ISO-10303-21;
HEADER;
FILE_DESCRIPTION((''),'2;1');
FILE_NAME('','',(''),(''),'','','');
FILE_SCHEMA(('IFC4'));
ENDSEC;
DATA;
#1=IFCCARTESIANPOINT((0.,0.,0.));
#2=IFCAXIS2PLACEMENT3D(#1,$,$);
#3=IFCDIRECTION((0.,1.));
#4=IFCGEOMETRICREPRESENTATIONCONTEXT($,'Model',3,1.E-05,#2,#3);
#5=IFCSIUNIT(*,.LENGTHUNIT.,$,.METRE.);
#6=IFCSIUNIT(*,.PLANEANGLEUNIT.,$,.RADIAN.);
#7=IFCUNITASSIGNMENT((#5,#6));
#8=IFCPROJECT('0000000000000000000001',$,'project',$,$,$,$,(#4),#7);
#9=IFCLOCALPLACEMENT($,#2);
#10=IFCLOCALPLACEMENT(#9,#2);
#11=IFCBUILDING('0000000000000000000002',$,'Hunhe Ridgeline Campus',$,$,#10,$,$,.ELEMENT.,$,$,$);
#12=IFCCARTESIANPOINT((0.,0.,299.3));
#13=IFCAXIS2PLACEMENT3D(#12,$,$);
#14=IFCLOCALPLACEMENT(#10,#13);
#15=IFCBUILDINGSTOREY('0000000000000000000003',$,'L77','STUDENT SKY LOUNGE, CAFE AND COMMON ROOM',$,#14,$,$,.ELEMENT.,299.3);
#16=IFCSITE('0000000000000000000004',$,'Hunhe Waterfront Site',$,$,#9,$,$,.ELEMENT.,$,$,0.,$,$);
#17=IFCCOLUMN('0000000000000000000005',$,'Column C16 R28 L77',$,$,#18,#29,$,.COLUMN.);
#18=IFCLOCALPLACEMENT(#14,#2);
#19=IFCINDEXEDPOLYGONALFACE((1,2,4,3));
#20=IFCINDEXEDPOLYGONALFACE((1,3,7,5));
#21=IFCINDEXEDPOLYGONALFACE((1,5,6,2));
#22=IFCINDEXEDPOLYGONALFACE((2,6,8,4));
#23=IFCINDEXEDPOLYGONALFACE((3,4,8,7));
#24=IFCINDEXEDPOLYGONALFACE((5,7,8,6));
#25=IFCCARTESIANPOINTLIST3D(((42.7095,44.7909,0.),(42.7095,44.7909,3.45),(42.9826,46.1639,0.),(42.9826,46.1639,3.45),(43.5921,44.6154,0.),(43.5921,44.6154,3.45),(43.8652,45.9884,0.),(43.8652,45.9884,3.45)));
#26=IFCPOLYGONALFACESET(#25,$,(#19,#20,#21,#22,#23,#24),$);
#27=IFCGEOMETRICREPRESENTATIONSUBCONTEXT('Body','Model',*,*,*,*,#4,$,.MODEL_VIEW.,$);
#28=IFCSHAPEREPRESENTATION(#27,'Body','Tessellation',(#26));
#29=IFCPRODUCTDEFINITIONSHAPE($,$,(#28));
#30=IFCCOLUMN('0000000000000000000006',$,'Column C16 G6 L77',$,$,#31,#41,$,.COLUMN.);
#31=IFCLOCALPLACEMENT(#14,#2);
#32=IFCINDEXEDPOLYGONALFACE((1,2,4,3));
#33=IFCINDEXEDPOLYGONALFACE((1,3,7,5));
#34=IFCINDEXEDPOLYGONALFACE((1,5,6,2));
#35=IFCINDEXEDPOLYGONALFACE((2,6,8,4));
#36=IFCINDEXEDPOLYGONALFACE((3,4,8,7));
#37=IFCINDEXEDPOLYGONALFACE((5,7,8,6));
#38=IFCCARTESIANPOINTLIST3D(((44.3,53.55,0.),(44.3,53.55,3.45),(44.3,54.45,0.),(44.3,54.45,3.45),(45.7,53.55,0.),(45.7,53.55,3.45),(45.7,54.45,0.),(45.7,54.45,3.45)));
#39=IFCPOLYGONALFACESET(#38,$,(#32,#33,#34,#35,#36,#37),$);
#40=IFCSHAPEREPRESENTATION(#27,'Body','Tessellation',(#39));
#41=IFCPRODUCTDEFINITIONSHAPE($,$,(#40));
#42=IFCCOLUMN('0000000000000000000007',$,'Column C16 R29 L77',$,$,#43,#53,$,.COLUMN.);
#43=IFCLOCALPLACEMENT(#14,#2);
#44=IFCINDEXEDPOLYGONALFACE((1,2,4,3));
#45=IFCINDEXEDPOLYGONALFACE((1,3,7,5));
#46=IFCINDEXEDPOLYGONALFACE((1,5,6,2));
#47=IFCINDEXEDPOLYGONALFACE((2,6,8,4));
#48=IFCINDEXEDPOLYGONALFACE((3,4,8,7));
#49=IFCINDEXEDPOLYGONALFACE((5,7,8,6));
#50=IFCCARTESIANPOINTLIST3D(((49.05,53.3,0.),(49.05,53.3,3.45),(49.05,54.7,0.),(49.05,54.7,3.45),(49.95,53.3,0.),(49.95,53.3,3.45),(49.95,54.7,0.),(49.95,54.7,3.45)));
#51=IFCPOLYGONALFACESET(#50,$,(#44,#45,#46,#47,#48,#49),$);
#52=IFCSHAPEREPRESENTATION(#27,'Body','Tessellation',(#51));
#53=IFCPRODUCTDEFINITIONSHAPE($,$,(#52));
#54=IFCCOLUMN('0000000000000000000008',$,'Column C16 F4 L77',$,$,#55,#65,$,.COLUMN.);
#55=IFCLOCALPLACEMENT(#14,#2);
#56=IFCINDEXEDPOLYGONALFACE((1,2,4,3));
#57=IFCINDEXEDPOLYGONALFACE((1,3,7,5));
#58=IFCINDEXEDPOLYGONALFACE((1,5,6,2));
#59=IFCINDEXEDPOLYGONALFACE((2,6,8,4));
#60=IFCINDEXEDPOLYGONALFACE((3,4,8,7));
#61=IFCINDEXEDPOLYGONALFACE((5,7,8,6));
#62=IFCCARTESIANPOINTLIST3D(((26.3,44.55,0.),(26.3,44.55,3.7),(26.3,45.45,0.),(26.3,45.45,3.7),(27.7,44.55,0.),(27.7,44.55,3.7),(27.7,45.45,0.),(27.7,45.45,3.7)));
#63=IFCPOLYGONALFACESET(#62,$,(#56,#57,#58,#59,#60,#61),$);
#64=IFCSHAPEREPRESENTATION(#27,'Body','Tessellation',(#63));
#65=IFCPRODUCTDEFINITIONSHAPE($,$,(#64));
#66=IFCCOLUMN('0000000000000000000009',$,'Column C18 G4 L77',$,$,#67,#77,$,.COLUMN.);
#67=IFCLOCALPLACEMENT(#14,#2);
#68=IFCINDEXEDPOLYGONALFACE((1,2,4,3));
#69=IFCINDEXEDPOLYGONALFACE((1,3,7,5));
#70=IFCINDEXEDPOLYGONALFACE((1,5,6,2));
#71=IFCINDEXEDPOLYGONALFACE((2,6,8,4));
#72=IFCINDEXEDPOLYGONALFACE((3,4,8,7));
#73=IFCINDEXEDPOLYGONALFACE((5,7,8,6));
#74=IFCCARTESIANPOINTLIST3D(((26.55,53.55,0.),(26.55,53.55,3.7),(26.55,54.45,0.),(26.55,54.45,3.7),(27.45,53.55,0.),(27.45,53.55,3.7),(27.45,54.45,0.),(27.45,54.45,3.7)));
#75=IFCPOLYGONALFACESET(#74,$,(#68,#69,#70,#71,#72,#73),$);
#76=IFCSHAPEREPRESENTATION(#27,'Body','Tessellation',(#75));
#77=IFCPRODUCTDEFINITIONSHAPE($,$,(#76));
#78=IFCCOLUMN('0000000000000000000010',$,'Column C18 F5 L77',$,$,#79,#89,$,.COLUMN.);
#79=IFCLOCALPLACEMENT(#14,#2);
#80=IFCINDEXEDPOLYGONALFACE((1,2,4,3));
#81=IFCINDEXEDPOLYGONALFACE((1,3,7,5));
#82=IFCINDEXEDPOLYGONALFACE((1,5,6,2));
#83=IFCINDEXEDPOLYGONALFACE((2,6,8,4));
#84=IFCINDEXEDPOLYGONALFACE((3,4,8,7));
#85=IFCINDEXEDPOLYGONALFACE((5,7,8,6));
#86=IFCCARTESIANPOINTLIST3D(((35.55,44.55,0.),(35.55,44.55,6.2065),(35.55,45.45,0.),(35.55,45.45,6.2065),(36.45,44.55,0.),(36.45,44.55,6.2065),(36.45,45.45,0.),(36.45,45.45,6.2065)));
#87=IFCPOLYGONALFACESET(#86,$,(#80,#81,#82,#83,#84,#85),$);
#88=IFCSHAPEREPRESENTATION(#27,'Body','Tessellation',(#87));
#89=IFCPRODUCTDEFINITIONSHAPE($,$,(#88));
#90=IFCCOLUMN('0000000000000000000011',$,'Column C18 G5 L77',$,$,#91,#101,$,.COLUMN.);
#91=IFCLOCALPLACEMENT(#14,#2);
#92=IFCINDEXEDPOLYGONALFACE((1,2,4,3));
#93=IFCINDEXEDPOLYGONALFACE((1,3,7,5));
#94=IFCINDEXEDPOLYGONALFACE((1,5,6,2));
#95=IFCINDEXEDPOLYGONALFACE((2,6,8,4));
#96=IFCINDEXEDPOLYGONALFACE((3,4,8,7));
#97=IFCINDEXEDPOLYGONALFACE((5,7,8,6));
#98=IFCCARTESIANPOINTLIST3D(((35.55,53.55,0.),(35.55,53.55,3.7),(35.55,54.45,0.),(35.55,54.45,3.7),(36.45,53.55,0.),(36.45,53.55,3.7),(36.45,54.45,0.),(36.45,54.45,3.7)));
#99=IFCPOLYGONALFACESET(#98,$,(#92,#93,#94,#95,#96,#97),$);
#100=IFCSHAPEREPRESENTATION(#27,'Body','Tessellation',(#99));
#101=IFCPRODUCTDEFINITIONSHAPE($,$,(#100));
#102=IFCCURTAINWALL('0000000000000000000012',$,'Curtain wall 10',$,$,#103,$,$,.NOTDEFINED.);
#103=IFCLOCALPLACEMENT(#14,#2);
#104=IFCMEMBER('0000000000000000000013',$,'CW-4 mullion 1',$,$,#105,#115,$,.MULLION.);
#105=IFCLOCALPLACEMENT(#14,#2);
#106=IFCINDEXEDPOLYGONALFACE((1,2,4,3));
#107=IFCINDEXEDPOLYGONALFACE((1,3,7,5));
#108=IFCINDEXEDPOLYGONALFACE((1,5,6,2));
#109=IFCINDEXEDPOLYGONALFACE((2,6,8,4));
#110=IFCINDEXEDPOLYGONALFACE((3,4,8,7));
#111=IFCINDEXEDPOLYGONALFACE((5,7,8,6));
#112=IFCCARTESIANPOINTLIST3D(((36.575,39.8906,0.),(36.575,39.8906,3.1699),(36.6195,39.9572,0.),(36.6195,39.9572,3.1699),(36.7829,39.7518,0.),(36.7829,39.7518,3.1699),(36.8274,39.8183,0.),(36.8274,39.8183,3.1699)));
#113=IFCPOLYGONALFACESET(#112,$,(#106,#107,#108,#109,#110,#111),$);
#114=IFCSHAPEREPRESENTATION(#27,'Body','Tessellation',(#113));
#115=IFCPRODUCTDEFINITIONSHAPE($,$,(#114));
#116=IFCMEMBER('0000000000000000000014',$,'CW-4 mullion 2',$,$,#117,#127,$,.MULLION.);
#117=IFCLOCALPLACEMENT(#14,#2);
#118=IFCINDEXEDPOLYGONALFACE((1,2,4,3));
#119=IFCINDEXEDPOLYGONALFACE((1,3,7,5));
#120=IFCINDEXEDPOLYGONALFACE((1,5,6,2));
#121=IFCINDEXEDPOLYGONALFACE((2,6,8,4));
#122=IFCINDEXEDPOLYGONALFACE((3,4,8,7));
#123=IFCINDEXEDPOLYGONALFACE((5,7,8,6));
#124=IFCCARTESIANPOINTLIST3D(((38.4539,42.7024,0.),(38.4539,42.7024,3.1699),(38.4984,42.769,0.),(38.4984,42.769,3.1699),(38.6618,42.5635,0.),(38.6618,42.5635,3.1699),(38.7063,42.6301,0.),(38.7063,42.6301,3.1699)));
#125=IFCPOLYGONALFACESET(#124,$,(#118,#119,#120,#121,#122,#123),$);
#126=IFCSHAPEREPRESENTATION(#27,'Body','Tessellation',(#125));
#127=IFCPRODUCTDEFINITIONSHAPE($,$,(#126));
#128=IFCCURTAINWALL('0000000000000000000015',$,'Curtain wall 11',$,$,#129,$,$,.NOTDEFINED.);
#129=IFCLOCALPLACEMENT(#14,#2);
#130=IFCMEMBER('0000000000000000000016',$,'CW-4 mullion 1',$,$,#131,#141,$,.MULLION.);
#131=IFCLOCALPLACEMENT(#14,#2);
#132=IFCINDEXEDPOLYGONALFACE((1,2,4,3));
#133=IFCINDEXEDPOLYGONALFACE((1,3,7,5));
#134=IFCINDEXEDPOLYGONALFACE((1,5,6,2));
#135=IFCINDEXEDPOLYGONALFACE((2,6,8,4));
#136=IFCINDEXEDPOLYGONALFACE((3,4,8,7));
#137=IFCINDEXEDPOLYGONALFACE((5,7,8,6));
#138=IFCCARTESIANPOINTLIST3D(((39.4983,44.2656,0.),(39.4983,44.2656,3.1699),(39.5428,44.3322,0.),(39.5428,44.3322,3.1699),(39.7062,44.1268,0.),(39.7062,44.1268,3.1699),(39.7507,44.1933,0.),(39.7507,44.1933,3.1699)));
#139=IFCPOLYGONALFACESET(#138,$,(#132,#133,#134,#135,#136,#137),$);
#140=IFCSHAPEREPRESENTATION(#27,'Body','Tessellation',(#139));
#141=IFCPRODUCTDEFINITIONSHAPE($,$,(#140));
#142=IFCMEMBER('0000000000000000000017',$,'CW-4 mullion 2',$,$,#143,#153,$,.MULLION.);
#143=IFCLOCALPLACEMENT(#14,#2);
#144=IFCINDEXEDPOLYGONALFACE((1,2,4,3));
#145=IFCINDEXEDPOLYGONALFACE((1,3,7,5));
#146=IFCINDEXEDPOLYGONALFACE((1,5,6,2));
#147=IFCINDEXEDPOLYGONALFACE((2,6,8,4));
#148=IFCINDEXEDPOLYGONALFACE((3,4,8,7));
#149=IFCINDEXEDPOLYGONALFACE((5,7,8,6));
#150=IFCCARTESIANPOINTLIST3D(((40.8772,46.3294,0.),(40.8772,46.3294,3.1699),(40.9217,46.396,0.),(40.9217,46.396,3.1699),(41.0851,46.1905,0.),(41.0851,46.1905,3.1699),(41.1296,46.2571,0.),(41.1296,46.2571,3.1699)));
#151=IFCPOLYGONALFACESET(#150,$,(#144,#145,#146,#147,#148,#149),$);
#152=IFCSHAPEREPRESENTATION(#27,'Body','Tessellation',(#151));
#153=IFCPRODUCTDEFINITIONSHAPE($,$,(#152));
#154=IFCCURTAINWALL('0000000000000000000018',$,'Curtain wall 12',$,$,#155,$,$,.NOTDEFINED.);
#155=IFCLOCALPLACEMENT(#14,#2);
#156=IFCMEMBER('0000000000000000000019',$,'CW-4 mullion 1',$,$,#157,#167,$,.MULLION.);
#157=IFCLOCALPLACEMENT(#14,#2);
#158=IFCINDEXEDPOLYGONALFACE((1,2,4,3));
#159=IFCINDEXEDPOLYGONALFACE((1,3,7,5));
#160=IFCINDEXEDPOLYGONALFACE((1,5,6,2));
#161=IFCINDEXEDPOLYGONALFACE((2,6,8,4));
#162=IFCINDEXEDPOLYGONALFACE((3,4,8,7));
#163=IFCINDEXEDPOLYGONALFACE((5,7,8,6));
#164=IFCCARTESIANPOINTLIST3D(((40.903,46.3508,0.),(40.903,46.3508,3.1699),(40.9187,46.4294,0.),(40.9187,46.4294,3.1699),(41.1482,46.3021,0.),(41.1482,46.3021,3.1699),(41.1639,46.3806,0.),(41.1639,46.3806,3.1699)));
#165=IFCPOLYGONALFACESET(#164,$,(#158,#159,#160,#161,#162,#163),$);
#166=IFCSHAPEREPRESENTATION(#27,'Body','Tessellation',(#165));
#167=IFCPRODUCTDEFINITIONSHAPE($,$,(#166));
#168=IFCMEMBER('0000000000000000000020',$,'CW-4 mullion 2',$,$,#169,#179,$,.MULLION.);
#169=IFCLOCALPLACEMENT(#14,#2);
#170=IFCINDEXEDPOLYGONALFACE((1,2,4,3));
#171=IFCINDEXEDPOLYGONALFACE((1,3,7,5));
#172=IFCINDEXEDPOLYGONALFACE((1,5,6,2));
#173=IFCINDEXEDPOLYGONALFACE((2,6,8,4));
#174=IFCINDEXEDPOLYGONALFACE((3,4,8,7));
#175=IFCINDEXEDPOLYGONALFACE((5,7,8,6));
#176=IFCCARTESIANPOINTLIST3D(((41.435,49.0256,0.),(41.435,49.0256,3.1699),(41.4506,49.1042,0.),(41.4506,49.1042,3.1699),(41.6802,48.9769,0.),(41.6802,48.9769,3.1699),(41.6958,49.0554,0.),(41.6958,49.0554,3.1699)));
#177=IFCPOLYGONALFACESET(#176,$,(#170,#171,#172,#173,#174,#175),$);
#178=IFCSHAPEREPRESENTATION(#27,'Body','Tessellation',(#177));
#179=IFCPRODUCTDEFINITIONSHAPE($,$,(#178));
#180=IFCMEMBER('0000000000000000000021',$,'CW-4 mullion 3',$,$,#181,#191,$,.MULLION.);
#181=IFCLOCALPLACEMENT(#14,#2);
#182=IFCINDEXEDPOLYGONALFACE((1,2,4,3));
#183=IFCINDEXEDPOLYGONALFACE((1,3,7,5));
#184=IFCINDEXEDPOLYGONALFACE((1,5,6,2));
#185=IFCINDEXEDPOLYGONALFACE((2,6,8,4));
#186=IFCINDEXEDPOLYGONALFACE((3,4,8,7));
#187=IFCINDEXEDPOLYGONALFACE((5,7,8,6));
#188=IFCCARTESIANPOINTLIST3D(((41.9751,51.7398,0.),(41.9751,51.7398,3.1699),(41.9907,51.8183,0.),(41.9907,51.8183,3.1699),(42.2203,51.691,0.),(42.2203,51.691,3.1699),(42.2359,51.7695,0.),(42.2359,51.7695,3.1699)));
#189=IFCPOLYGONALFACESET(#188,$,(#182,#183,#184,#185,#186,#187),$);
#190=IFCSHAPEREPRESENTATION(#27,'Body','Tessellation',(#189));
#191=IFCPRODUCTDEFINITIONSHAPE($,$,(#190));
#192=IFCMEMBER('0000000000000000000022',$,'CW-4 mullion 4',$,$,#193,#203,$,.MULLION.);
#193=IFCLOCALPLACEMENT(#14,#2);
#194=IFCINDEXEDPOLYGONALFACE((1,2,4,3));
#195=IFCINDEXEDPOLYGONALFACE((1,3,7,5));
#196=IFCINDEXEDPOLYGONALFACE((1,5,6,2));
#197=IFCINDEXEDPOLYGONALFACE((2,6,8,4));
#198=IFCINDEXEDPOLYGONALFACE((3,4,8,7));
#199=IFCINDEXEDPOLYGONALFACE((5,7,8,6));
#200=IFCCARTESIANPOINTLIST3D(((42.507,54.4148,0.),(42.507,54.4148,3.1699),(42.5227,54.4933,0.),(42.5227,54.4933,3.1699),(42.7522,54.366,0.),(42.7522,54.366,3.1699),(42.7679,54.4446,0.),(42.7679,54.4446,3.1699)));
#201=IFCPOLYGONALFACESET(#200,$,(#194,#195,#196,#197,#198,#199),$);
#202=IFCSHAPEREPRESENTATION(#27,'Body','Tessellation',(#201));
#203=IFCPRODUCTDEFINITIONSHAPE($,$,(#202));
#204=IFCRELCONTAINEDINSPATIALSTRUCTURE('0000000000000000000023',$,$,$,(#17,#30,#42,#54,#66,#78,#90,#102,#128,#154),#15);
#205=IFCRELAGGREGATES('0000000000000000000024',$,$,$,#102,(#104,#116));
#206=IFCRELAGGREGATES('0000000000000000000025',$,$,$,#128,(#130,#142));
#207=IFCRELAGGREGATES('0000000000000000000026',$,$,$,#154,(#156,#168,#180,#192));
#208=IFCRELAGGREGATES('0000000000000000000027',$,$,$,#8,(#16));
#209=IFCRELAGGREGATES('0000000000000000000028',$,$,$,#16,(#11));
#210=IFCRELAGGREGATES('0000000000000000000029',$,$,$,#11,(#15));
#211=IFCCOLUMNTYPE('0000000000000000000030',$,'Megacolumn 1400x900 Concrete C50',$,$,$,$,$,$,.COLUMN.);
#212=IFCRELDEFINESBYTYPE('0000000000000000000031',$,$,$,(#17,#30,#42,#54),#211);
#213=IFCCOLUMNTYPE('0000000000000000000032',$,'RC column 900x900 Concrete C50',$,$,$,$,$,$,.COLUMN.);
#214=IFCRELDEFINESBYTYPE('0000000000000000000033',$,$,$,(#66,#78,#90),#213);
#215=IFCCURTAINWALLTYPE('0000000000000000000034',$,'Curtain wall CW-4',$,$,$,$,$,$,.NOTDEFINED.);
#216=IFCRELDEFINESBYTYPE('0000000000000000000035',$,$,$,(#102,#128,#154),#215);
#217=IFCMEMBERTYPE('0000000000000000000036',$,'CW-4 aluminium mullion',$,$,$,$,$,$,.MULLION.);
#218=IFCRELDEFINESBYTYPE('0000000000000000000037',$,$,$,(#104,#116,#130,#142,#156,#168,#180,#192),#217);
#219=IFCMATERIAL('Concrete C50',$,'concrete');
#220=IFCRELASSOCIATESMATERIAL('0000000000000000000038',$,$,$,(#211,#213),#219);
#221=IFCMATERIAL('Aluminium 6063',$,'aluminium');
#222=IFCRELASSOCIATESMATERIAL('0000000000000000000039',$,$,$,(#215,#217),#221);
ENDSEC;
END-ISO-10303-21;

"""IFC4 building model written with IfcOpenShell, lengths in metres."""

from ifc_helpers import new_model, si_unit, direction, frame, origin, origin_2d, place, context, subcontext, project, spatial, rectangle, extrude, material, material_profile, profile_set, type_object, element, aggregate, save


model = new_model("IFC4")

# Units and contexts
model_context = context("Model", 3, precision=1e-05, world=origin(), true_north=direction((0.0, 1.0)))
body_context = subcontext(model_context, "Body", "Model", "MODEL_VIEW")
ifc_project = project(units=[si_unit("LENGTHUNIT", "METRE"), si_unit("PLANEANGLEUNIT", "RADIAN")], contexts=[model_context])

# Site, building, storey
site_placement = place(None, origin())
site = spatial("IfcSite", under=ifc_project, at=site_placement, Name="Hunhe Waterfront Site", CompositionType="ELEMENT", RefElevation=0.0)
building_placement = place(site_placement, origin())
building = spatial("IfcBuilding", under=site, at=building_placement, Name="Hunhe Ridgeline Campus", CompositionType="ELEMENT")
storey_placement = place(building_placement, frame((0.0, 0.0, 299.3)))
storey = spatial("IfcBuildingStorey", under=building, at=storey_placement, Name="L77", Description="STUDENT SKY LOUNGE, CAFE AND COMMON ROOM", CompositionType="ELEMENT", Elevation=299.3)

# Columns
ifc_material_1 = material(Name="Concrete C50", Category="concrete")
ifc_material_profile_1 = material_profile(ifc_material_1, rectangle(XDim=1.3999, YDim=0.8999, at=origin_2d()))
ifc_profile_set_1 = profile_set([ifc_material_profile_1], Name="Concrete C50")
column_type_1 = type_object("IfcColumnType", Name="Megacolumn 1400x900 Concrete C50", PredefinedType="COLUMN", material=ifc_profile_set_1)
for number, where, z_axis, x_axis, name in (
    (1, (43.2874, 45.3896, 0.0), (0.0, 0.0, 1.0), (0.19509, 0.980785, 0.0), "Column C16 R28 L77"),
    (2, (45.0, 54.0, 0.0), (0.0, 0.0, 1.0), (1.0, 0.0, 0.0), "Column C16 G6 L77"),
    (3, (49.5, 54.0, 0.0), (0.0, 0.0, 1.0), (0.0, 1.0, 0.0), "Column C16 R29 L77"),
):
    element("IfcColumn", number, at=place(storey_placement, frame(where, z_axis=z_axis, x_axis=x_axis)), inside=storey, type_object=column_type_1, Name=name, PredefinedType="COLUMN", context=body_context, shape_type="SweptSolid", body=[
        extrude(rectangle(XDim=1.3999, YDim=0.8999, at=origin_2d()), origin(), (0.0, 0.0, 1.0), 3.45),
    ])
column_1_placement = place(storey_placement, frame((27.0, 45.0, 0.0), z_axis=(0.0, 0.0, 1.0), x_axis=(1.0, 0.0, 0.0)))
element("IfcColumn", 4, at=column_1_placement, inside=storey, type_object=column_type_1, Name="Column C16 F4 L77", PredefinedType="COLUMN", context=body_context, shape_type="SweptSolid", body=[
    extrude(rectangle(XDim=1.3999, YDim=0.8999, at=origin_2d()), origin(), (0.0, 0.0, 1.0), 3.7),
])
ifc_material_profile_2 = material_profile(ifc_material_1, rectangle(XDim=0.8999, YDim=0.8999, at=origin_2d()))
ifc_profile_set_2 = profile_set([ifc_material_profile_2], Name="Concrete C50")
column_type_2 = type_object("IfcColumnType", Name="RC column 900x900 Concrete C50", PredefinedType="COLUMN", material=ifc_profile_set_2)
column_2_placement = place(storey_placement, frame((27.0, 54.0, 0.0), z_axis=(0.0, 0.0, 1.0), x_axis=(1.0, 0.0, 0.0)))
element("IfcColumn", 5, at=column_2_placement, inside=storey, type_object=column_type_2, Name="Column C18 G4 L77", PredefinedType="COLUMN", context=body_context, shape_type="SweptSolid", body=[
    extrude(rectangle(XDim=0.8999, YDim=0.8999, at=origin_2d()), origin(), (0.0, 0.0, 1.0), 3.7),
])
column_3_placement = place(storey_placement, frame((36.0, 45.0, 0.0), z_axis=(0.0, 0.0, 1.0), x_axis=(1.0, 0.0, 0.0)))
element("IfcColumn", 6, at=column_3_placement, inside=storey, type_object=column_type_2, Name="Column C18 F5 L77", PredefinedType="COLUMN", context=body_context, shape_type="SweptSolid", body=[
    extrude(rectangle(XDim=0.8999, YDim=0.8999, at=origin_2d()), origin(), (0.0, 0.0, 1.0), 6.2065),
])
column_4_placement = place(storey_placement, frame((36.0, 54.0, 0.0), z_axis=(0.0, 0.0, 1.0), x_axis=(1.0, 0.0, 0.0)))
element("IfcColumn", 7, at=column_4_placement, inside=storey, type_object=column_type_2, Name="Column C18 G5 L77", PredefinedType="COLUMN", context=body_context, shape_type="SweptSolid", body=[
    extrude(rectangle(XDim=0.8999, YDim=0.8999, at=origin_2d()), origin(), (0.0, 0.0, 1.0), 3.7),
])

# Curtain walls, members
ifc_material_2 = material(Name="Aluminium 6063", Category="aluminium")
curtain_wall_type = type_object("IfcCurtainWallType", Name="Curtain wall CW-4", PredefinedType="NOTDEFINED", material=ifc_material_2)
curtain_wall_1_placement = place(storey_placement, origin())
curtain_wall_1 = element("IfcCurtainWall", 8, at=curtain_wall_1_placement, inside=storey, type_object=curtain_wall_type, Name="Curtain wall 10", PredefinedType="NOTDEFINED")
ifc_material_profile_3 = material_profile(ifc_material_2, rectangle(XDim=0.25, YDim=0.0801, at=origin_2d()))
ifc_profile_set_3 = profile_set([ifc_material_profile_3], Name="Aluminium 6063")
member_type_1 = type_object("IfcMemberType", Name="CW-4 aluminium mullion", PredefinedType="MULLION", material=ifc_profile_set_3)
member_1_placement = place(storey_placement, frame((36.7012, 39.8545, 0.0), z_axis=(0.0, 0.0, 1.0), x_axis=(-0.83147, 0.55557, 0.0)))
member_1 = element("IfcMember", 9, at=member_1_placement, type_object=member_type_1, Name="CW-4 mullion 1", PredefinedType="MULLION", context=body_context, shape_type="SweptSolid", body=[
    extrude(rectangle(XDim=0.25, YDim=0.0801, at=origin_2d()), origin(), (0.0, 0.0, 1.0), 3.1699),
])
member_2_placement = place(storey_placement, frame((38.5801, 42.6663, 0.0), z_axis=(0.0, 0.0, 1.0), x_axis=(-0.83147, 0.55557, 0.0)))
member_2 = element("IfcMember", 10, at=member_2_placement, type_object=member_type_1, Name="CW-4 mullion 2", PredefinedType="MULLION", context=body_context, shape_type="SweptSolid", body=[
    extrude(rectangle(XDim=0.25, YDim=0.0801, at=origin_2d()), origin(), (0.0, 0.0, 1.0), 3.1699),
])
curtain_wall_2_placement = place(storey_placement, origin())
curtain_wall_2 = element("IfcCurtainWall", 11, at=curtain_wall_2_placement, inside=storey, type_object=curtain_wall_type, Name="Curtain wall 11", PredefinedType="NOTDEFINED")
member_3_placement = place(storey_placement, frame((39.6245, 44.2295, 0.0), z_axis=(0.0, 0.0, 1.0), x_axis=(-0.83147, 0.55557, 0.0)))
member_3 = element("IfcMember", 12, at=member_3_placement, type_object=member_type_1, Name="CW-4 mullion 1", PredefinedType="MULLION", context=body_context, shape_type="SweptSolid", body=[
    extrude(rectangle(XDim=0.25, YDim=0.0801, at=origin_2d()), origin(), (0.0, 0.0, 1.0), 3.1699),
])
member_4_placement = place(storey_placement, frame((41.0034, 46.2932, 0.0), z_axis=(0.0, 0.0, 1.0), x_axis=(-0.83147, 0.55557, 0.0)))
member_4 = element("IfcMember", 13, at=member_4_placement, type_object=member_type_1, Name="CW-4 mullion 2", PredefinedType="MULLION", context=body_context, shape_type="SweptSolid", body=[
    extrude(rectangle(XDim=0.25, YDim=0.0801, at=origin_2d()), origin(), (0.0, 0.0, 1.0), 3.1699),
])
curtain_wall_3_placement = place(storey_placement, origin())
curtain_wall_3 = element("IfcCurtainWall", 14, at=curtain_wall_3_placement, inside=storey, type_object=curtain_wall_type, Name="Curtain wall 12", PredefinedType="NOTDEFINED")
member_5_placement = place(storey_placement, frame((41.0334, 46.3657, 0.0), z_axis=(0.0, 0.0, 1.0), x_axis=(-0.980783, 0.195104, 0.0)))
member_5 = element("IfcMember", 15, at=member_5_placement, type_object=member_type_1, Name="CW-4 mullion 1", PredefinedType="MULLION", context=body_context, shape_type="SweptSolid", body=[
    extrude(rectangle(XDim=0.25, YDim=0.0801, at=origin_2d()), origin(), (0.0, 0.0, 1.0), 3.1699),
])
member_6_placement = place(storey_placement, frame((41.5654, 49.0405, 0.0), z_axis=(0.0, 0.0, 1.0), x_axis=(-0.980783, 0.195104, 0.0)))
member_6 = element("IfcMember", 16, at=member_6_placement, type_object=member_type_1, Name="CW-4 mullion 2", PredefinedType="MULLION", context=body_context, shape_type="SweptSolid", body=[
    extrude(rectangle(XDim=0.25, YDim=0.0801, at=origin_2d()), origin(), (0.0, 0.0, 1.0), 3.1699),
])
member_7_placement = place(storey_placement, frame((42.1055, 51.7546, 0.0), z_axis=(0.0, 0.0, 1.0), x_axis=(-0.980783, 0.195104, 0.0)))
member_7 = element("IfcMember", 17, at=member_7_placement, type_object=member_type_1, Name="CW-4 mullion 3", PredefinedType="MULLION", context=body_context, shape_type="SweptSolid", body=[
    extrude(rectangle(XDim=0.25, YDim=0.0801, at=origin_2d()), origin(), (0.0, 0.0, 1.0), 3.1699),
])
member_8_placement = place(storey_placement, frame((42.6375, 54.4297, 0.0), z_axis=(0.0, 0.0, 1.0), x_axis=(-0.980783, 0.195104, 0.0)))
member_8 = element("IfcMember", 18, at=member_8_placement, type_object=member_type_1, Name="CW-4 mullion 4", PredefinedType="MULLION", context=body_context, shape_type="SweptSolid", body=[
    extrude(rectangle(XDim=0.25, YDim=0.0801, at=origin_2d()), origin(), (0.0, 0.0, 1.0), 3.1699),
])

aggregate(curtain_wall_1, [member_1, member_2])
aggregate(curtain_wall_2, [member_3, member_4])
aggregate(curtain_wall_3, [member_5, member_6, member_7, member_8])

save(model, "model.ifc")
